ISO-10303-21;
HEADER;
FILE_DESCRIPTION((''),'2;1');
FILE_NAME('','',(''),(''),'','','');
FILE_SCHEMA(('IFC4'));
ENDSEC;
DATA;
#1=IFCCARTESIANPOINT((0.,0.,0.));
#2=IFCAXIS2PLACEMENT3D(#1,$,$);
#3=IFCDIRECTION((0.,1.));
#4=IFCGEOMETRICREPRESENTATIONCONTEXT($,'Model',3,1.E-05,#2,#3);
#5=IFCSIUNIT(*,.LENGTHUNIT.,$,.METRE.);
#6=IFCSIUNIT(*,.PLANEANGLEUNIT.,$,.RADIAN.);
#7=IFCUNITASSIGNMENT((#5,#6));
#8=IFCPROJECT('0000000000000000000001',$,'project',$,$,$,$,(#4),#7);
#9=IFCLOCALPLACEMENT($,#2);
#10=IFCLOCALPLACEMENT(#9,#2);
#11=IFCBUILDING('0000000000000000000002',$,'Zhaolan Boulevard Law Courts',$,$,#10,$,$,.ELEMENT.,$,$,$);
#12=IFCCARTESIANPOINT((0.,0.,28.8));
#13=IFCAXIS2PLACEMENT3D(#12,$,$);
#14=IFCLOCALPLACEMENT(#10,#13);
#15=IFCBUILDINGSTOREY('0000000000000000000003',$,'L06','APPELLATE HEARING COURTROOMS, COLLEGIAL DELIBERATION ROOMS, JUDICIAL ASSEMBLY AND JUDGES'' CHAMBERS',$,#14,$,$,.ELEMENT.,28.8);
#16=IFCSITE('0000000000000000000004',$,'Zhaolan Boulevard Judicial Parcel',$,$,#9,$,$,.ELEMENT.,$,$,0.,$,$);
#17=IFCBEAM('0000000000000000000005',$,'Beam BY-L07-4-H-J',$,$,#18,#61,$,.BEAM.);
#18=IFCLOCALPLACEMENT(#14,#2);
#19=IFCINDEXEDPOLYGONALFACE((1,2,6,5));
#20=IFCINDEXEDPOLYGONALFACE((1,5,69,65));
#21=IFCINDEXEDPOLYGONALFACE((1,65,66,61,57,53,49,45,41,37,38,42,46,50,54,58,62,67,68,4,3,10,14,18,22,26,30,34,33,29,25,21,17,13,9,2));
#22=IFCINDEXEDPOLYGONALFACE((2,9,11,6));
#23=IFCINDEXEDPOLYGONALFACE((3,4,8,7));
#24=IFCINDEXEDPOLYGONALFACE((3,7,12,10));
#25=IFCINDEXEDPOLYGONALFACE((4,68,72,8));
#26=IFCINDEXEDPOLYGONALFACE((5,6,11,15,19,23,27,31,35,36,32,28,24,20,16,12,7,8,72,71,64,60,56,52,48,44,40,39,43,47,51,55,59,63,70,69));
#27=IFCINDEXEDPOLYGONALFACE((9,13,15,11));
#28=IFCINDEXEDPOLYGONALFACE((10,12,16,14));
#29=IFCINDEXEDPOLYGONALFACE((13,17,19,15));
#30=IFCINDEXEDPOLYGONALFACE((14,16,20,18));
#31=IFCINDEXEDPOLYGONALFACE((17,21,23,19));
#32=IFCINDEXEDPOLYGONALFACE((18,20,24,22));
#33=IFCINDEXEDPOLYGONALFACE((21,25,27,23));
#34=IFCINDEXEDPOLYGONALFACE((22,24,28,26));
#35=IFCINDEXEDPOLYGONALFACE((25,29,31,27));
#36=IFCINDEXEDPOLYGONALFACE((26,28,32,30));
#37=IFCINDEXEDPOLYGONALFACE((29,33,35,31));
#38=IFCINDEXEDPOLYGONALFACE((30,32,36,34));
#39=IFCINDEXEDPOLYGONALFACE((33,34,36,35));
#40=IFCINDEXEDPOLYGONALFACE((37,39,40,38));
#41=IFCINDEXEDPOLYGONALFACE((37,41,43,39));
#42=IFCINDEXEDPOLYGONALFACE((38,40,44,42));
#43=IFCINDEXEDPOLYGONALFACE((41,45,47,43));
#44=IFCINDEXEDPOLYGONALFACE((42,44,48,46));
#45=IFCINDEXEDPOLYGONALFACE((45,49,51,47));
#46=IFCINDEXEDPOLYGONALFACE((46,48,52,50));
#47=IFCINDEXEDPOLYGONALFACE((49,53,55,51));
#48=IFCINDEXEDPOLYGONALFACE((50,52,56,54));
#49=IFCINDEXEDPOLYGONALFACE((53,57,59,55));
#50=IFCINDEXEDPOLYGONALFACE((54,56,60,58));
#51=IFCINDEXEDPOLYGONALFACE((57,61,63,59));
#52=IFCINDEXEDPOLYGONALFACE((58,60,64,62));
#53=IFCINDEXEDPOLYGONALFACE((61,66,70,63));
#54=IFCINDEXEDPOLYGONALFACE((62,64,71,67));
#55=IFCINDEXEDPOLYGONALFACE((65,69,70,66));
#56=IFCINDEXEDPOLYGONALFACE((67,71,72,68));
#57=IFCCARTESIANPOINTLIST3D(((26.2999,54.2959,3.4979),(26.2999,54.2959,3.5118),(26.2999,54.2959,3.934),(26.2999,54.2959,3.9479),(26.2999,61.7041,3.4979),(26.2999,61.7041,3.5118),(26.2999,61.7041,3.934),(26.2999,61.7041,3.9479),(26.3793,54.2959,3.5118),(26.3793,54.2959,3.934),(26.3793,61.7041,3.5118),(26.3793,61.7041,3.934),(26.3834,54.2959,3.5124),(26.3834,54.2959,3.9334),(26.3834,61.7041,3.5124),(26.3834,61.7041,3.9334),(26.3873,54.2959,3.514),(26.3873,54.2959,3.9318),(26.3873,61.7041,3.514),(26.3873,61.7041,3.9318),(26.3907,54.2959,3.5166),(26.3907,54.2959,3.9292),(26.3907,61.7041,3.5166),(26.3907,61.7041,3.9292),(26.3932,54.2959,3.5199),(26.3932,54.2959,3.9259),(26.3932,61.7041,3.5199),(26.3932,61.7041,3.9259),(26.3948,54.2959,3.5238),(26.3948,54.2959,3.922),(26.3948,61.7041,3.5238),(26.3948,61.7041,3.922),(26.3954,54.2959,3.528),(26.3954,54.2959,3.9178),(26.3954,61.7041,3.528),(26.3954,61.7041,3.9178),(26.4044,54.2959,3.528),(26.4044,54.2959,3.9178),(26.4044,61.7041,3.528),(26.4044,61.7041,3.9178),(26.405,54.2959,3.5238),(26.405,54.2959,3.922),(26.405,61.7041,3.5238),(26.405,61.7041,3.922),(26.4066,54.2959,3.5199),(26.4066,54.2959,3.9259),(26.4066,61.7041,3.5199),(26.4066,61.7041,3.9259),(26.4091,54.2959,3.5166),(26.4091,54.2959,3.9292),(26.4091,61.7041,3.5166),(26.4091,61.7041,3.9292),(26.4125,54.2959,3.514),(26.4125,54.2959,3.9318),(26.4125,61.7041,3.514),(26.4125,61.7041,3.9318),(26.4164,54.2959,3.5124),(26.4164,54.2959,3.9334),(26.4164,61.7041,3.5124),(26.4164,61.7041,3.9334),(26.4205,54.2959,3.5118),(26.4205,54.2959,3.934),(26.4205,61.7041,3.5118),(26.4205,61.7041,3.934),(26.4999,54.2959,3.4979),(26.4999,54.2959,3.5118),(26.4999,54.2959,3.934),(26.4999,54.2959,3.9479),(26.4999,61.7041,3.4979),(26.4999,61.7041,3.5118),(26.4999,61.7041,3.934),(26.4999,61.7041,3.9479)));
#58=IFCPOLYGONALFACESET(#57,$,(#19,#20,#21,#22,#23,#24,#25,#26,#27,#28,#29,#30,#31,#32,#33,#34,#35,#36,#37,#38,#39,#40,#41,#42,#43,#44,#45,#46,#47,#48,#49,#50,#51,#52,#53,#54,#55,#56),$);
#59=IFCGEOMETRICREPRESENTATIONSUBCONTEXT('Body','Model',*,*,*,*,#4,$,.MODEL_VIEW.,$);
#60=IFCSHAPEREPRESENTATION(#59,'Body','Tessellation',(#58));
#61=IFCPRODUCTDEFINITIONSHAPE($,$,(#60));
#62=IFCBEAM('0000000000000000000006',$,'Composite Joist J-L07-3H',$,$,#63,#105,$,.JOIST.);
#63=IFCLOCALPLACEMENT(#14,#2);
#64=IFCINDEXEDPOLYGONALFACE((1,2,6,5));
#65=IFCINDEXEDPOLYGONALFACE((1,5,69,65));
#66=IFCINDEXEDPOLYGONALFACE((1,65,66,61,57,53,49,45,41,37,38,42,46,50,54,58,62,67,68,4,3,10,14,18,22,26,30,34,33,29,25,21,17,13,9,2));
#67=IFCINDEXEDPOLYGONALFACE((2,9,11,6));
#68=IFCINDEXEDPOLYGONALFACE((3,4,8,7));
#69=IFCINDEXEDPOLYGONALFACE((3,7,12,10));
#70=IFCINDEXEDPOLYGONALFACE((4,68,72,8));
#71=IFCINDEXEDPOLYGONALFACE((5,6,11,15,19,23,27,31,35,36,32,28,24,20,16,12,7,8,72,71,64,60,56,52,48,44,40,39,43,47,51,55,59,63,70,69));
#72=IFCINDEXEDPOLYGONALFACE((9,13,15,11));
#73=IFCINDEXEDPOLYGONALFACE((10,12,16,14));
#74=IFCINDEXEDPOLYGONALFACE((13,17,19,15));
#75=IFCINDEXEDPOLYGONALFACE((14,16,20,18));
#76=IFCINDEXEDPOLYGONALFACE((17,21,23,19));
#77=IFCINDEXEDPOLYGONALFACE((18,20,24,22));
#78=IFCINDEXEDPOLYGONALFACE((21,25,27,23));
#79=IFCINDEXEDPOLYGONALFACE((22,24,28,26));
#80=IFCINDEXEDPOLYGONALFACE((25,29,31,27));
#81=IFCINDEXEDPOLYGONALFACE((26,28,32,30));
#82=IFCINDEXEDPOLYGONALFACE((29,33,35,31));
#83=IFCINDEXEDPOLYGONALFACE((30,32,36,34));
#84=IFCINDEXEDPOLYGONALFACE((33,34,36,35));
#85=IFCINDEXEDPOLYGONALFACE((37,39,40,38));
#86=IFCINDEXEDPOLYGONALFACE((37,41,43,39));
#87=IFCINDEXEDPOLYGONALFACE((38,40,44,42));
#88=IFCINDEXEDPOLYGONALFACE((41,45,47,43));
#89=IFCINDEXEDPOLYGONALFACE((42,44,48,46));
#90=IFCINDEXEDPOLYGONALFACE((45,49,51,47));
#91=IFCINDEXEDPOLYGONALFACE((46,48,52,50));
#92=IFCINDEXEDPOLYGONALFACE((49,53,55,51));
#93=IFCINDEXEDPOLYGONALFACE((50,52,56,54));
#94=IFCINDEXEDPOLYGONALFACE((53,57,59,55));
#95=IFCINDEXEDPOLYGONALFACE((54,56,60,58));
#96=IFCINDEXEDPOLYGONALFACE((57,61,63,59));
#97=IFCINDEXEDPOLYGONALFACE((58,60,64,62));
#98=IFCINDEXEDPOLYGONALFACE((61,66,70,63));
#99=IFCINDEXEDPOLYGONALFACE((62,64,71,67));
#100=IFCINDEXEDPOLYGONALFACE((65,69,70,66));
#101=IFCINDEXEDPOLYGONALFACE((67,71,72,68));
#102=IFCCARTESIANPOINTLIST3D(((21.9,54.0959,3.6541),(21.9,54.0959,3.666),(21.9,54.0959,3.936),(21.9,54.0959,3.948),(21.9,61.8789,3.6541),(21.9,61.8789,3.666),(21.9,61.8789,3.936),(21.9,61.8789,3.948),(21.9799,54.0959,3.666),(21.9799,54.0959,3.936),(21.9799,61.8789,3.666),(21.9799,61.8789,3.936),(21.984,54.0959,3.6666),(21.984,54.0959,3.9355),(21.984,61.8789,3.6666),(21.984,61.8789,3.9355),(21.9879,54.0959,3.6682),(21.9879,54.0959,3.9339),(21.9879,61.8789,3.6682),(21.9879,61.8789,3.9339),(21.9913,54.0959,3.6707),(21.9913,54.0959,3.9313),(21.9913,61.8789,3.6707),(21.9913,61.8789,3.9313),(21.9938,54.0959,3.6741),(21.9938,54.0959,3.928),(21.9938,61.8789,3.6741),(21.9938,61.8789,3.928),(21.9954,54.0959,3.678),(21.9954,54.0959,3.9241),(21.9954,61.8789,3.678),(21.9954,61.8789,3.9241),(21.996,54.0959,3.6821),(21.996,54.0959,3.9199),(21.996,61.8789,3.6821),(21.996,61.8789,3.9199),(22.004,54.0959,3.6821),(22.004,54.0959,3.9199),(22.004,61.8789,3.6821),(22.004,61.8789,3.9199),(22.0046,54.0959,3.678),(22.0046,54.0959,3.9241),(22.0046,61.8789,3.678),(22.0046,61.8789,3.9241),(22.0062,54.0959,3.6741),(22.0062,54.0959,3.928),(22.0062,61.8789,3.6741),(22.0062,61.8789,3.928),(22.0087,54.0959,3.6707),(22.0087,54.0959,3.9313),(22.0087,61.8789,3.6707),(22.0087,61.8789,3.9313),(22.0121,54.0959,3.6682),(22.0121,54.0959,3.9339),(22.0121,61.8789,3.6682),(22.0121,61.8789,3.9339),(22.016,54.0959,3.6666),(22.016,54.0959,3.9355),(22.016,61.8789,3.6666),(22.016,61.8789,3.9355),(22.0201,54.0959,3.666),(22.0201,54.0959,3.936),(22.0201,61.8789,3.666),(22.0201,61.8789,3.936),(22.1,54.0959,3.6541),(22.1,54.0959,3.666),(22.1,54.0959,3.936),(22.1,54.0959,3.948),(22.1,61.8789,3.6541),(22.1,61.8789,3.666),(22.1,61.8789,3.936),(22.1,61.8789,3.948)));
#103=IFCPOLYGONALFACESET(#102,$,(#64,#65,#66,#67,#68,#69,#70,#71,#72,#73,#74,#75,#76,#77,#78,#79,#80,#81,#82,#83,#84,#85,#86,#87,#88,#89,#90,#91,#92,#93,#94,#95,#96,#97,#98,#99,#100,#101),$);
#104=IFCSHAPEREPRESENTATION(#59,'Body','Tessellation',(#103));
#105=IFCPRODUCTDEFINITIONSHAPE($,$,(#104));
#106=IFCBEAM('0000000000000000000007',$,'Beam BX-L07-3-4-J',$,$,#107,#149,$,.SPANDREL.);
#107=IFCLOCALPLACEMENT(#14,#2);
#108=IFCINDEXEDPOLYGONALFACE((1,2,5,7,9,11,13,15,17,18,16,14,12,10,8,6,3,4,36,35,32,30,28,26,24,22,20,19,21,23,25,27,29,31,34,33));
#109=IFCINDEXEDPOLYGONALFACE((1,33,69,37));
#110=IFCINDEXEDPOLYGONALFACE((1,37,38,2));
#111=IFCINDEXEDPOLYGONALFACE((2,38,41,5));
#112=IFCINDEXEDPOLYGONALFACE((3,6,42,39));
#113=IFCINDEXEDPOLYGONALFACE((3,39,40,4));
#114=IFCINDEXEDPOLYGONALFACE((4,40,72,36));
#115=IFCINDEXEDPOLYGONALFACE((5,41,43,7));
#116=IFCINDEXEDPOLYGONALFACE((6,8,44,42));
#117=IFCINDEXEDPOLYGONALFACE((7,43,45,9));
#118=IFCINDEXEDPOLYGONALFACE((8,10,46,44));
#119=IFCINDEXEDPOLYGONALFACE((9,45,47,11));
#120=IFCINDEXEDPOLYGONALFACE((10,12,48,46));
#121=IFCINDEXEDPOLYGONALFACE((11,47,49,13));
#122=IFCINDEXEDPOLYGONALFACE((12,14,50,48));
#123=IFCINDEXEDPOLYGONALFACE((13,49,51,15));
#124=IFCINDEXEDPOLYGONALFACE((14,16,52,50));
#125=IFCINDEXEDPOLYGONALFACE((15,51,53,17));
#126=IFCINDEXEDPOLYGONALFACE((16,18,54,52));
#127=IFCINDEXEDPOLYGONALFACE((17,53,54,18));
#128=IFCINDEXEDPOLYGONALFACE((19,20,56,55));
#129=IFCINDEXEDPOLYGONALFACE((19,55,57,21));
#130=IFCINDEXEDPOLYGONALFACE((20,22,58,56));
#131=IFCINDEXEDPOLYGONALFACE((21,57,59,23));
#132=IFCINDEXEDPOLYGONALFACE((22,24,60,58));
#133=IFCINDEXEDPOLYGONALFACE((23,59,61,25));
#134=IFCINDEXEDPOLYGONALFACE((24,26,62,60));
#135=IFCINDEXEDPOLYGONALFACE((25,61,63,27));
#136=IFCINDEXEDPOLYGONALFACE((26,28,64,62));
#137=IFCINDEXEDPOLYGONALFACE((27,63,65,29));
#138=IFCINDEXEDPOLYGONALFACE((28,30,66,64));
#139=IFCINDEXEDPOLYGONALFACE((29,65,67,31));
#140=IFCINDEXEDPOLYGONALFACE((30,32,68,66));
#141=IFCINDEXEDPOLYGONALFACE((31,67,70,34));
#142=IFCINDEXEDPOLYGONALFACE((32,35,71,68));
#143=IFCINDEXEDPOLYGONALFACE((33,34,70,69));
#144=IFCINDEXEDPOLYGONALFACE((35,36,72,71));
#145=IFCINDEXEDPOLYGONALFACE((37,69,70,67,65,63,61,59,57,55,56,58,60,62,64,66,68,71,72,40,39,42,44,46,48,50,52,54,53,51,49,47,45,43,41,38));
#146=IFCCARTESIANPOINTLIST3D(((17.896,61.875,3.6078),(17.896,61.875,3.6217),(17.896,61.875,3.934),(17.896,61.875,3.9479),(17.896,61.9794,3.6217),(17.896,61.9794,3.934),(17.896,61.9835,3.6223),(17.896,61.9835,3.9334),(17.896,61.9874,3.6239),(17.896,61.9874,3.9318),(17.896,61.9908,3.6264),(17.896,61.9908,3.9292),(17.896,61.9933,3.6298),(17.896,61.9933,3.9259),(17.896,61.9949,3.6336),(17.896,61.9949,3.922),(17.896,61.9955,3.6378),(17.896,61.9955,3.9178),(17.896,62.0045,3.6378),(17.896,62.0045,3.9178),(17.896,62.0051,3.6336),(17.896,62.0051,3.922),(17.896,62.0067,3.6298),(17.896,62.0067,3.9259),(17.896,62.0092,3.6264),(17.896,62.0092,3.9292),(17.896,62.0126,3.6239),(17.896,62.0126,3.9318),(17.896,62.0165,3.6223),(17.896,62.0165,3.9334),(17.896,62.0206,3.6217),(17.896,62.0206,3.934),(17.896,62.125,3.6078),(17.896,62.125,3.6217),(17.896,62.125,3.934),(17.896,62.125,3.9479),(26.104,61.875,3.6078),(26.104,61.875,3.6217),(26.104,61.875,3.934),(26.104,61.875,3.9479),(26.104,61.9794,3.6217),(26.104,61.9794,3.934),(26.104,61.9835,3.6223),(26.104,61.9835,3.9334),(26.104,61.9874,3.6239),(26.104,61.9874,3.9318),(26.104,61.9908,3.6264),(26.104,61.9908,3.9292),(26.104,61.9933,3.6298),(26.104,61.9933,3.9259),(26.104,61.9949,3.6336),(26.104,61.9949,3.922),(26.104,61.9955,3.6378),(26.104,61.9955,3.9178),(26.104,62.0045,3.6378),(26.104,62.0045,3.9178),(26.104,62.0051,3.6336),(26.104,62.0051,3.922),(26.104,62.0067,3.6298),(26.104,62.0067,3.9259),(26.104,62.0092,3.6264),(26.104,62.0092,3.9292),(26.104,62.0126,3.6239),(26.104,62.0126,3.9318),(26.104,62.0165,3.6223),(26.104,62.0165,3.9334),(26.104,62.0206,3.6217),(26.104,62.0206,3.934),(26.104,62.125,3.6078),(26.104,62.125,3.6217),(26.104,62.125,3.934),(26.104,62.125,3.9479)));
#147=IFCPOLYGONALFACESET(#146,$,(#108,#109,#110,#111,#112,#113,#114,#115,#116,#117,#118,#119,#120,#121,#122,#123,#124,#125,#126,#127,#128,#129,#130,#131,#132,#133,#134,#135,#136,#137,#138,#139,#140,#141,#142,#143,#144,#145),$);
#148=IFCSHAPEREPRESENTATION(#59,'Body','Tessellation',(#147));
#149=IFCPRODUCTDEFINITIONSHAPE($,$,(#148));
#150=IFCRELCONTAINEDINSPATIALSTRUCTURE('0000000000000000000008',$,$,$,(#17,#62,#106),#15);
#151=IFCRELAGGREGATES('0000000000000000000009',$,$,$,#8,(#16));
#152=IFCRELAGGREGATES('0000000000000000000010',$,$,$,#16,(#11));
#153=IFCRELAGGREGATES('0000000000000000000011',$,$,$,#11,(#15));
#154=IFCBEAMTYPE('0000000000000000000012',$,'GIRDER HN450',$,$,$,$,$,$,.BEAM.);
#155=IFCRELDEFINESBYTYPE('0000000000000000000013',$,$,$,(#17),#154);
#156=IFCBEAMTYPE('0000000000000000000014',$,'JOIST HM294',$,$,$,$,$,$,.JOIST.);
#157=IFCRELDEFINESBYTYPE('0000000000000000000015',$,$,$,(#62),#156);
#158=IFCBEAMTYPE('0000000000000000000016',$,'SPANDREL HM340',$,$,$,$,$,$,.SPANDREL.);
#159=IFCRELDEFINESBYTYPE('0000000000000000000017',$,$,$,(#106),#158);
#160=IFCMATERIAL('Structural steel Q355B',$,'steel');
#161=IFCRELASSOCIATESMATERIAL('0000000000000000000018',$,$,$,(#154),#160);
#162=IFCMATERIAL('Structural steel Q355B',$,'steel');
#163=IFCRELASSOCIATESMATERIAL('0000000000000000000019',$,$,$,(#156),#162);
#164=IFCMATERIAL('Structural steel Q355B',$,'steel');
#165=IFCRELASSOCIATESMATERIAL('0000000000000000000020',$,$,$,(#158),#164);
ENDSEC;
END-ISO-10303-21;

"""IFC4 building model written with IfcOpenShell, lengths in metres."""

from ifc_helpers import new_model, si_unit, direction, frame, origin, origin_2d, place, context, subcontext, project, spatial, i_section, extrude, material, material_profile, profile_set, type_object, element, save


model = new_model("IFC4")

# Units and contexts
model_context = context("Model", 3, precision=1e-05, world=origin(), true_north=direction((0.0, 1.0)))
body_context = subcontext(model_context, "Body", "Model", "MODEL_VIEW")
ifc_project = project(units=[si_unit("LENGTHUNIT", "METRE"), si_unit("PLANEANGLEUNIT", "RADIAN")], contexts=[model_context])

# Site, building, storey
site_placement = place(None, origin())
site = spatial("IfcSite", under=ifc_project, at=site_placement, Name="Zhaolan Boulevard Judicial Parcel", CompositionType="ELEMENT", RefElevation=0.0)
building_placement = place(site_placement, origin())
building = spatial("IfcBuilding", under=site, at=building_placement, Name="Zhaolan Boulevard Law Courts", CompositionType="ELEMENT")
storey_placement = place(building_placement, frame((0.0, 0.0, 28.8)))
storey = spatial("IfcBuildingStorey", under=building, at=storey_placement, Name="L06", Description="APPELLATE HEARING COURTROOMS, COLLEGIAL DELIBERATION ROOMS, JUDICIAL ASSEMBLY AND JUDGES' CHAMBERS", CompositionType="ELEMENT", Elevation=28.8)

# Beams
ifc_material_1 = material(Name="Structural steel Q355B", Category="steel")
ifc_material_profile_1 = material_profile(ifc_material_1, i_section(OverallWidth=0.2, OverallDepth=0.45, WebThickness=0.009, FlangeThickness=0.0139, FilletRadius=0.0161, at=origin_2d()), Name="HN450x200")
ifc_profile_set_1 = profile_set([ifc_material_profile_1], Name="Structural steel Q355B")
beam_type_1 = type_object("IfcBeamType", Name="GIRDER HN450", PredefinedType="BEAM", material=ifc_profile_set_1)
beam_1_placement = place(storey_placement, frame((26.3999, 54.2959, 3.7229), z_axis=(0.0, 1.0, 0.0), x_axis=(-1.0, 0.0, 0.0)))
element("IfcBeam", 1, at=beam_1_placement, inside=storey, type_object=beam_type_1, Name="Beam BY-L07-4-H-J", PredefinedType="BEAM", context=body_context, shape_type="SweptSolid", body=[
    extrude(i_section(OverallWidth=0.2, OverallDepth=0.45, WebThickness=0.009, FlangeThickness=0.0139, FilletRadius=0.0161, at=origin_2d()), origin(), (0.0, 0.0, 1.0), 7.4082),
])
ifc_material_2 = material(Name="Structural steel Q355B", Category="steel")
ifc_material_profile_2 = material_profile(ifc_material_2, i_section(OverallWidth=0.2, OverallDepth=0.2939, WebThickness=0.0081, FlangeThickness=0.012, FilletRadius=0.0161, at=origin_2d()), Name="HM294x200")
ifc_profile_set_2 = profile_set([ifc_material_profile_2], Name="Structural steel Q355B")
beam_type_2 = type_object("IfcBeamType", Name="JOIST HM294", PredefinedType="JOIST", material=ifc_profile_set_2)
beam_2_placement = place(storey_placement, frame((22.0, 54.0959, 3.801), z_axis=(0.0, 1.0, 0.0), x_axis=(-1.0, 0.0, 0.0)))
element("IfcBeam", 2, at=beam_2_placement, inside=storey, type_object=beam_type_2, Name="Composite Joist J-L07-3H", PredefinedType="JOIST", context=body_context, shape_type="SweptSolid", body=[
    extrude(i_section(OverallWidth=0.2, OverallDepth=0.2939, WebThickness=0.0081, FlangeThickness=0.012, FilletRadius=0.0161, at=origin_2d()), origin(), (0.0, 0.0, 1.0), 7.783),
])
ifc_material_3 = material(Name="Structural steel Q355B", Category="steel")
ifc_material_profile_3 = material_profile(ifc_material_3, i_section(OverallWidth=0.25, OverallDepth=0.3401, WebThickness=0.009, FlangeThickness=0.0139, FilletRadius=0.0161, at=origin_2d()), Name="HM340x250")
ifc_profile_set_3 = profile_set([ifc_material_profile_3], Name="Structural steel Q355B")
beam_type_3 = type_object("IfcBeamType", Name="SPANDREL HM340", PredefinedType="SPANDREL", material=ifc_profile_set_3)
beam_3_placement = place(storey_placement, frame((17.896, 62.0, 3.7778), z_axis=(1.0, 0.0, 0.0), x_axis=(0.0, 1.0, 0.0)))
element("IfcBeam", 3, at=beam_3_placement, inside=storey, type_object=beam_type_3, Name="Beam BX-L07-3-4-J", PredefinedType="SPANDREL", context=body_context, shape_type="SweptSolid", body=[
    extrude(i_section(OverallWidth=0.25, OverallDepth=0.3401, WebThickness=0.009, FlangeThickness=0.0139, FilletRadius=0.0161, at=origin_2d()), origin(), (0.0, 0.0, 1.0), 8.208),
])

save(model, "model.ifc")
